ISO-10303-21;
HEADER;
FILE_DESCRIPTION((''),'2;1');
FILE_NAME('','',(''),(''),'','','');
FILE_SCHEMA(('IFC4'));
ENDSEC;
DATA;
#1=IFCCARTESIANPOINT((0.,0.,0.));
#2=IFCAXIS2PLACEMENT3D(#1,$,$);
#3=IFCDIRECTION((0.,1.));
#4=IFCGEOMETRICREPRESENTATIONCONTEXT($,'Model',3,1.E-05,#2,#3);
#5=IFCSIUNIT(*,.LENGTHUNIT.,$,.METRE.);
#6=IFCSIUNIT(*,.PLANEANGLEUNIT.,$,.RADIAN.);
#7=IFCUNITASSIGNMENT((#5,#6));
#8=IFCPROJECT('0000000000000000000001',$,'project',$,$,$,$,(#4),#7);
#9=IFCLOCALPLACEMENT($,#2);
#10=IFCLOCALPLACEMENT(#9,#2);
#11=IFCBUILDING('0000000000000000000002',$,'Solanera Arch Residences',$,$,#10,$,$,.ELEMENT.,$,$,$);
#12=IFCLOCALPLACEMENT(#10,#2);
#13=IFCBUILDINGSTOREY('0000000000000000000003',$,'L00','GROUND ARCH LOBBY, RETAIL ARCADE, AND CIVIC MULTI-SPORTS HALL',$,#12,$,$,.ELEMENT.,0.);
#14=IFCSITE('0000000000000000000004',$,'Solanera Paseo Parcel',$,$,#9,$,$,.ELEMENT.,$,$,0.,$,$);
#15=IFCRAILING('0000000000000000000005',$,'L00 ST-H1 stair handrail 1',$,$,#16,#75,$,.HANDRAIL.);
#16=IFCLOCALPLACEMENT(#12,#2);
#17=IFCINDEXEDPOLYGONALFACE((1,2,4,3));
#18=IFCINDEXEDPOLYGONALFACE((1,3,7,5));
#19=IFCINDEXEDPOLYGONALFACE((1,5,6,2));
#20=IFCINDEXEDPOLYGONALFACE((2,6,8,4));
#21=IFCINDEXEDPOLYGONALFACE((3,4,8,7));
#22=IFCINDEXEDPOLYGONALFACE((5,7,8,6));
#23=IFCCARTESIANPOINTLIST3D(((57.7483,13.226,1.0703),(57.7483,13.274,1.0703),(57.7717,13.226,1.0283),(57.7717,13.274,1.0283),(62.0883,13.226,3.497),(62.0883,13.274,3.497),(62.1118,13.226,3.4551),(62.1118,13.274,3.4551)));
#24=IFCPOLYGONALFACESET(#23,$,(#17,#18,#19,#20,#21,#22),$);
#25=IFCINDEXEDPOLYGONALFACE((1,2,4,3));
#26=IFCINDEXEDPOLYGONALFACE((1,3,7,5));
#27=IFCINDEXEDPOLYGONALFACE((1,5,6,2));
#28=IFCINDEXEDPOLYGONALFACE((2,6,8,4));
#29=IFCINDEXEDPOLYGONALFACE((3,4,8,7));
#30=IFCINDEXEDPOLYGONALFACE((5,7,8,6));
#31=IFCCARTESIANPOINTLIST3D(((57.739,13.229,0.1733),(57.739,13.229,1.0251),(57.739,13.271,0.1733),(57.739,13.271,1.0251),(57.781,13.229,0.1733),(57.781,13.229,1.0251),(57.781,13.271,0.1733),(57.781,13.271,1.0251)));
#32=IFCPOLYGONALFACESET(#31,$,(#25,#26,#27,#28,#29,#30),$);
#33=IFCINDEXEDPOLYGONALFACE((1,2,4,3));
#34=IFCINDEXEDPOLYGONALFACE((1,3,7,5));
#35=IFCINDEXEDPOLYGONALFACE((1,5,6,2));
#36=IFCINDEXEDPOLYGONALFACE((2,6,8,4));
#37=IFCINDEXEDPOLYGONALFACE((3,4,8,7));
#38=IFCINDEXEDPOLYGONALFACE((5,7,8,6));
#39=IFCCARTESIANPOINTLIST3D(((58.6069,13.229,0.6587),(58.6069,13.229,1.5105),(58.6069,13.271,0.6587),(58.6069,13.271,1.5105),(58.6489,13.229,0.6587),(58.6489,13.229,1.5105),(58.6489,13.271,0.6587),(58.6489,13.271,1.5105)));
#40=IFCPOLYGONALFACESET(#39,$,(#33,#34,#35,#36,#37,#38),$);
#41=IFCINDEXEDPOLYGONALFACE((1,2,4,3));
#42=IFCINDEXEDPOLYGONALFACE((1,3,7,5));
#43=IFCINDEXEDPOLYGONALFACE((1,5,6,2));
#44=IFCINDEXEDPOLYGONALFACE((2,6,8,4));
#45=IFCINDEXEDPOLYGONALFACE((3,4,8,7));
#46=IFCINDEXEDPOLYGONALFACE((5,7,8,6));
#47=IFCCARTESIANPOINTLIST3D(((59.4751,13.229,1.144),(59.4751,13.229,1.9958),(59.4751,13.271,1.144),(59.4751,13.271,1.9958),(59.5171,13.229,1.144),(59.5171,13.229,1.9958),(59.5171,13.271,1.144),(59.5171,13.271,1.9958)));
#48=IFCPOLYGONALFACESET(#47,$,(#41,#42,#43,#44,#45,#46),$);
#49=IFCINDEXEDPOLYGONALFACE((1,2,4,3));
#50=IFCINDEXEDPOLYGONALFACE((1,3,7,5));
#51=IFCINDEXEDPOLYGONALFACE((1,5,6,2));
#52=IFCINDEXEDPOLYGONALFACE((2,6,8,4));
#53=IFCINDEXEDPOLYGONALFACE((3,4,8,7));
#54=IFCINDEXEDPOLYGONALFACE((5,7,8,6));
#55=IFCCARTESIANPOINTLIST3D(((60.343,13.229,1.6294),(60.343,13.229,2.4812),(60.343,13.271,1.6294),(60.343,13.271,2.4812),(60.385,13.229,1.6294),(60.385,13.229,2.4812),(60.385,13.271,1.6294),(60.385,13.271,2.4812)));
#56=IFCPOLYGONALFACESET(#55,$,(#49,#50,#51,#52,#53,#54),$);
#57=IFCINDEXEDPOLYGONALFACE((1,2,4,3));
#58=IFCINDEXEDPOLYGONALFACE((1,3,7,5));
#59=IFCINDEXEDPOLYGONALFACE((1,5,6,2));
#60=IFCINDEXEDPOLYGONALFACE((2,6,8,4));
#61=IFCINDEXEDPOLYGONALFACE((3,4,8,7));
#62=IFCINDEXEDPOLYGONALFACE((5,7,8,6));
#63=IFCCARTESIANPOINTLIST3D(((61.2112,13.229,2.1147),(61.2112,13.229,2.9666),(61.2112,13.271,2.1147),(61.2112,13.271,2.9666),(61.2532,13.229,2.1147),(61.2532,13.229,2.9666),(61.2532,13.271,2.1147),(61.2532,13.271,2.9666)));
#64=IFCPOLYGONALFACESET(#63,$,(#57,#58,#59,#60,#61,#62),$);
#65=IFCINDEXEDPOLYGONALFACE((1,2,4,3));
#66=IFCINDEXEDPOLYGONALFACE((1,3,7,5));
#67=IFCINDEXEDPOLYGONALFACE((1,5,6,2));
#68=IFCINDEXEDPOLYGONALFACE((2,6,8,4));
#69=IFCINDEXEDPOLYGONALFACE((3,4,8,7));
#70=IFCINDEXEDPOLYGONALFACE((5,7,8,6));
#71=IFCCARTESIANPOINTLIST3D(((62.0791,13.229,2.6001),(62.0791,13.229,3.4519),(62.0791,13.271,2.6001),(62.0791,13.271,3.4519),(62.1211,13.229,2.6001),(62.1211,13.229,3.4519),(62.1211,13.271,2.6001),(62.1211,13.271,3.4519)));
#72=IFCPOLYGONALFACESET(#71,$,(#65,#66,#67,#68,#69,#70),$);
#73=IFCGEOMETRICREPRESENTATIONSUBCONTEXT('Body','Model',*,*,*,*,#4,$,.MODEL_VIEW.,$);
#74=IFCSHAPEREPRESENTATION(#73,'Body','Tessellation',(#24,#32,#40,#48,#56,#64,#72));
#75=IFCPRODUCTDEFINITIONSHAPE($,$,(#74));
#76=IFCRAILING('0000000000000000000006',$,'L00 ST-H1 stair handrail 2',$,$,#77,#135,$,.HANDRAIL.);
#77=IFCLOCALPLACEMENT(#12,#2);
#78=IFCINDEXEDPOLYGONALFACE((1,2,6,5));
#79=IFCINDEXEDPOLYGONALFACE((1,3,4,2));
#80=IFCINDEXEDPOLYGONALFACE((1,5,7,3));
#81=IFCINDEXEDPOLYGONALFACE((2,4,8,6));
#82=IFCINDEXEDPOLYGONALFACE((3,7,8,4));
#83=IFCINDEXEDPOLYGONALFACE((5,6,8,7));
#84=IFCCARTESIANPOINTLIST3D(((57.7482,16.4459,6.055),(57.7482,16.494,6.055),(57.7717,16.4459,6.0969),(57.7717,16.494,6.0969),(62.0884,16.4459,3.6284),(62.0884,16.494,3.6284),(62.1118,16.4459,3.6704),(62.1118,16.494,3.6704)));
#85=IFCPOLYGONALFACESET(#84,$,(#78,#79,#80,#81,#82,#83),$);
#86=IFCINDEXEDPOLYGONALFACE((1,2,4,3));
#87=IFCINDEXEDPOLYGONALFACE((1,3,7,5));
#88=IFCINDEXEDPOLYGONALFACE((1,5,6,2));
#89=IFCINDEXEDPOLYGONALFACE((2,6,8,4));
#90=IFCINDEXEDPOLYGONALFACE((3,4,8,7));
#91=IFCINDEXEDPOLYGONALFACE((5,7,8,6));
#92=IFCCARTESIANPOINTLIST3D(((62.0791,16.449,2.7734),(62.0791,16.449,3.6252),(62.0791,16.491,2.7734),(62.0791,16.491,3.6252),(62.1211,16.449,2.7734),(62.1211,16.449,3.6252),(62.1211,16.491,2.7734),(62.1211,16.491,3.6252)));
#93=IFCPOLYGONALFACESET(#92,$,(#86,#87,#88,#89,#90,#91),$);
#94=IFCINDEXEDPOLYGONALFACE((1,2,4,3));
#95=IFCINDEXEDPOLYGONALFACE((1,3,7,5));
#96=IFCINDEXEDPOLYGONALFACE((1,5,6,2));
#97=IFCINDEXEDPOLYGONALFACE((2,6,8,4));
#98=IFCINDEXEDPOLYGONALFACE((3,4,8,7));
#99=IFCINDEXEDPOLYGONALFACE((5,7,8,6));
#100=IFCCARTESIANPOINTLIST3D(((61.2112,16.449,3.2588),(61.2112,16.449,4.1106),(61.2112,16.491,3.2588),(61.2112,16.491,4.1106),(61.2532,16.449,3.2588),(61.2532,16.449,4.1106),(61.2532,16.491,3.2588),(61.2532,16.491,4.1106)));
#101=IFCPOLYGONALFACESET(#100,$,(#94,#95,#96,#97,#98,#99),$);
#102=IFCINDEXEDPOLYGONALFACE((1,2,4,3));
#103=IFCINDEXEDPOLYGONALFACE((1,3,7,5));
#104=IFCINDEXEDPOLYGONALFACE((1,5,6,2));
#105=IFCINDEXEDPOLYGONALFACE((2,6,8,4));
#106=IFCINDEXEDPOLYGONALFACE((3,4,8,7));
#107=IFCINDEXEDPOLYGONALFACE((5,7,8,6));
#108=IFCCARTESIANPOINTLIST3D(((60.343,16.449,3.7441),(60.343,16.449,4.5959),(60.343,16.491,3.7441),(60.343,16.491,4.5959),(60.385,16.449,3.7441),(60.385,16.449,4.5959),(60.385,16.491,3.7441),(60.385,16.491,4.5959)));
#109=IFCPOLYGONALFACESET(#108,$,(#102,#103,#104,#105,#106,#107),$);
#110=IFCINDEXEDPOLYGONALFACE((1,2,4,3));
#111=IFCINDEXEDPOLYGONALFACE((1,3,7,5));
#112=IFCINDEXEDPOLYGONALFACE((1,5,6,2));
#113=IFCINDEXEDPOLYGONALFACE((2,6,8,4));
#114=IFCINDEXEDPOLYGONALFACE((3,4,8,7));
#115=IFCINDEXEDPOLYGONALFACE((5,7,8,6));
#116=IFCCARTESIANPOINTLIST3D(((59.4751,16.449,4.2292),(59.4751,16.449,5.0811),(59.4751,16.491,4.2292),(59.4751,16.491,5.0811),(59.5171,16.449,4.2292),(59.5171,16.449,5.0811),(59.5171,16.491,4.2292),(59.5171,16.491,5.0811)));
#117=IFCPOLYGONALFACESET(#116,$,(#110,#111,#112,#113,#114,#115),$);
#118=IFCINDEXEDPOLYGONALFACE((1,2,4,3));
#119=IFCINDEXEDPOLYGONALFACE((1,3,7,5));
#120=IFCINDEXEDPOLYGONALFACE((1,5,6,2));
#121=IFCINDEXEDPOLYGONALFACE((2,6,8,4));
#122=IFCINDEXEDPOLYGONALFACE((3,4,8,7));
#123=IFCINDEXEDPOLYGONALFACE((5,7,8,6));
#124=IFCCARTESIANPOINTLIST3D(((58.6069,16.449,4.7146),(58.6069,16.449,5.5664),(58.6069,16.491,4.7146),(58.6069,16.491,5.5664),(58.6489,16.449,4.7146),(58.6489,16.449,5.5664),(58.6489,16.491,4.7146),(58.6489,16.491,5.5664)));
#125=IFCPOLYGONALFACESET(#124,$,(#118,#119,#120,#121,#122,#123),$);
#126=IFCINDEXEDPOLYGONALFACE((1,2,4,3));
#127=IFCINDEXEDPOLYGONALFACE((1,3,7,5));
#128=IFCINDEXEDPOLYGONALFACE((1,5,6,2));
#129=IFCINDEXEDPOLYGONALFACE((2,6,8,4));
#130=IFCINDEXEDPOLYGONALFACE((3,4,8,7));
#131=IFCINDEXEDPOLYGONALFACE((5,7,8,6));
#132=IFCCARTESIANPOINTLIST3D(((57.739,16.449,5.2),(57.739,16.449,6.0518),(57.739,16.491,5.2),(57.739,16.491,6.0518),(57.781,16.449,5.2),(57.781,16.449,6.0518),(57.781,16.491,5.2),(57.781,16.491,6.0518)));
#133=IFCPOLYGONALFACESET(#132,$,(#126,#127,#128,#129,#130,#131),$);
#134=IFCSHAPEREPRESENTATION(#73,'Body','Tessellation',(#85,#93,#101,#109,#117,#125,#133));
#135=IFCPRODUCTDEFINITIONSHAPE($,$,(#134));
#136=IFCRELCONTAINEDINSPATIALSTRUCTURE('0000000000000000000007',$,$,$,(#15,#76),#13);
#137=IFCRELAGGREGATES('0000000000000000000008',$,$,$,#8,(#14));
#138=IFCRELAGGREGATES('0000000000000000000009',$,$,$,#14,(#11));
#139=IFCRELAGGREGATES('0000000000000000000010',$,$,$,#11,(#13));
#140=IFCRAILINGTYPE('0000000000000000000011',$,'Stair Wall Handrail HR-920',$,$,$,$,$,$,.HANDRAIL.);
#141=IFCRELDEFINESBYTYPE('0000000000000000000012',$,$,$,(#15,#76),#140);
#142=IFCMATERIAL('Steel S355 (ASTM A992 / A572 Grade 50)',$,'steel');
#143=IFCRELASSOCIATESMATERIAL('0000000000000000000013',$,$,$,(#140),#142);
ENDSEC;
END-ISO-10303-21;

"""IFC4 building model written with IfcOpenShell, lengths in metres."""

from ifc_helpers import new_model, si_unit, direction, frame, origin, origin_2d, place, context, subcontext, project, spatial, rectangle, extrude, material, type_object, element, save


model = new_model("IFC4")

# Units and contexts
model_context = context("Model", 3, precision=1e-05, world=origin(), true_north=direction((0.0, 1.0)))
body_context = subcontext(model_context, "Body", "Model", "MODEL_VIEW")
ifc_project = project(units=[si_unit("LENGTHUNIT", "METRE"), si_unit("PLANEANGLEUNIT", "RADIAN")], contexts=[model_context])

# Site, building, storey
site_placement = place(None, origin())
site = spatial("IfcSite", under=ifc_project, at=site_placement, Name="Solanera Paseo Parcel", CompositionType="ELEMENT", RefElevation=0.0)
building_placement = place(site_placement, origin())
building = spatial("IfcBuilding", under=site, at=building_placement, Name="Solanera Arch Residences", CompositionType="ELEMENT")
storey_placement = place(building_placement, origin())
storey = spatial("IfcBuildingStorey", under=building, at=storey_placement, Name="L00", Description="GROUND ARCH LOBBY, RETAIL ARCADE, AND CIVIC MULTI-SPORTS HALL", CompositionType="ELEMENT", Elevation=0.0)

# Railings
ifc_material_1 = material(Name="Steel S355 (ASTM A992 / A572 Grade 50)", Category="steel")
railing_type_1 = type_object("IfcRailingType", Name="Stair Wall Handrail HR-920", PredefinedType="HANDRAIL", material=ifc_material_1)
railing_1_placement = place(storey_placement, frame((57.76, 13.25, 0.1733)))
element("IfcRailing", 1, at=railing_1_placement, inside=storey, type_object=railing_type_1, Name="L00 ST-H1 stair handrail 1", PredefinedType="HANDRAIL", context=body_context, shape_type="SweptSolid", body=[
    extrude(rectangle(XDim=0.0481, YDim=0.0481, at=origin_2d()), frame((0.0, 0.0, 0.876), z_axis=(0.872822, 0.0, 0.488038), x_axis=(0.0, 1.0, 0.0)), (0.0, 0.0, 1.0), 4.9724),
    extrude(rectangle(XDim=0.042, YDim=0.042, at=origin_2d()), origin(), (0.0, 0.0, 1.0), 0.8518),
    extrude(rectangle(XDim=0.042, YDim=0.042, at=origin_2d()), frame((0.8679, 0.0, 0.4854)), (0.0, 0.0, 1.0), 0.8518),
    extrude(rectangle(XDim=0.042, YDim=0.042, at=origin_2d()), frame((1.7361, 0.0, 0.9707)), (0.0, 0.0, 1.0), 0.8518),
    extrude(rectangle(XDim=0.042, YDim=0.042, at=origin_2d()), frame((2.604, 0.0, 1.4561)), (0.0, 0.0, 1.0), 0.8518),
    extrude(rectangle(XDim=0.042, YDim=0.042, at=origin_2d()), frame((3.4722, 0.0, 1.9414)), (0.0, 0.0, 1.0), 0.8518),
    extrude(rectangle(XDim=0.042, YDim=0.042, at=origin_2d()), frame((4.3401, 0.0, 2.4268)), (0.0, 0.0, 1.0), 0.8518),
])
railing_2_placement = place(storey_placement, frame((62.1001, 16.47, 2.7734)))
element("IfcRailing", 2, at=railing_2_placement, inside=storey, type_object=railing_type_1, Name="L00 ST-H1 stair handrail 2", PredefinedType="HANDRAIL", context=body_context, shape_type="SweptSolid", body=[
    extrude(rectangle(XDim=0.0481, YDim=0.0481, at=origin_2d()), frame((0.0, 0.0, 0.876), z_axis=(-0.872843, 0.0, 0.488001), x_axis=(0.0, -1.0, 0.0)), (0.0, 0.0, 1.0), 4.9724),
    extrude(rectangle(XDim=0.042, YDim=0.042, at=origin_2d()), origin(), (0.0, 0.0, 1.0), 0.8518),
    extrude(rectangle(XDim=0.042, YDim=0.042, at=origin_2d()), frame((-0.8679, 0.0, 0.4854)), (0.0, 0.0, 1.0), 0.8518),
    extrude(rectangle(XDim=0.042, YDim=0.042, at=origin_2d()), frame((-1.7361, 0.0, 0.9707)), (0.0, 0.0, 1.0), 0.8518),
    extrude(rectangle(XDim=0.042, YDim=0.042, at=origin_2d()), frame((-2.604, 0.0, 1.4558)), (0.0, 0.0, 1.0), 0.8518),
    extrude(rectangle(XDim=0.042, YDim=0.042, at=origin_2d()), frame((-3.4722, 0.0, 1.9412)), (0.0, 0.0, 1.0), 0.8518),
    extrude(rectangle(XDim=0.042, YDim=0.042, at=origin_2d()), frame((-4.3401, 0.0, 2.4265)), (0.0, 0.0, 1.0), 0.8518),
])

save(model, "model.ifc")
